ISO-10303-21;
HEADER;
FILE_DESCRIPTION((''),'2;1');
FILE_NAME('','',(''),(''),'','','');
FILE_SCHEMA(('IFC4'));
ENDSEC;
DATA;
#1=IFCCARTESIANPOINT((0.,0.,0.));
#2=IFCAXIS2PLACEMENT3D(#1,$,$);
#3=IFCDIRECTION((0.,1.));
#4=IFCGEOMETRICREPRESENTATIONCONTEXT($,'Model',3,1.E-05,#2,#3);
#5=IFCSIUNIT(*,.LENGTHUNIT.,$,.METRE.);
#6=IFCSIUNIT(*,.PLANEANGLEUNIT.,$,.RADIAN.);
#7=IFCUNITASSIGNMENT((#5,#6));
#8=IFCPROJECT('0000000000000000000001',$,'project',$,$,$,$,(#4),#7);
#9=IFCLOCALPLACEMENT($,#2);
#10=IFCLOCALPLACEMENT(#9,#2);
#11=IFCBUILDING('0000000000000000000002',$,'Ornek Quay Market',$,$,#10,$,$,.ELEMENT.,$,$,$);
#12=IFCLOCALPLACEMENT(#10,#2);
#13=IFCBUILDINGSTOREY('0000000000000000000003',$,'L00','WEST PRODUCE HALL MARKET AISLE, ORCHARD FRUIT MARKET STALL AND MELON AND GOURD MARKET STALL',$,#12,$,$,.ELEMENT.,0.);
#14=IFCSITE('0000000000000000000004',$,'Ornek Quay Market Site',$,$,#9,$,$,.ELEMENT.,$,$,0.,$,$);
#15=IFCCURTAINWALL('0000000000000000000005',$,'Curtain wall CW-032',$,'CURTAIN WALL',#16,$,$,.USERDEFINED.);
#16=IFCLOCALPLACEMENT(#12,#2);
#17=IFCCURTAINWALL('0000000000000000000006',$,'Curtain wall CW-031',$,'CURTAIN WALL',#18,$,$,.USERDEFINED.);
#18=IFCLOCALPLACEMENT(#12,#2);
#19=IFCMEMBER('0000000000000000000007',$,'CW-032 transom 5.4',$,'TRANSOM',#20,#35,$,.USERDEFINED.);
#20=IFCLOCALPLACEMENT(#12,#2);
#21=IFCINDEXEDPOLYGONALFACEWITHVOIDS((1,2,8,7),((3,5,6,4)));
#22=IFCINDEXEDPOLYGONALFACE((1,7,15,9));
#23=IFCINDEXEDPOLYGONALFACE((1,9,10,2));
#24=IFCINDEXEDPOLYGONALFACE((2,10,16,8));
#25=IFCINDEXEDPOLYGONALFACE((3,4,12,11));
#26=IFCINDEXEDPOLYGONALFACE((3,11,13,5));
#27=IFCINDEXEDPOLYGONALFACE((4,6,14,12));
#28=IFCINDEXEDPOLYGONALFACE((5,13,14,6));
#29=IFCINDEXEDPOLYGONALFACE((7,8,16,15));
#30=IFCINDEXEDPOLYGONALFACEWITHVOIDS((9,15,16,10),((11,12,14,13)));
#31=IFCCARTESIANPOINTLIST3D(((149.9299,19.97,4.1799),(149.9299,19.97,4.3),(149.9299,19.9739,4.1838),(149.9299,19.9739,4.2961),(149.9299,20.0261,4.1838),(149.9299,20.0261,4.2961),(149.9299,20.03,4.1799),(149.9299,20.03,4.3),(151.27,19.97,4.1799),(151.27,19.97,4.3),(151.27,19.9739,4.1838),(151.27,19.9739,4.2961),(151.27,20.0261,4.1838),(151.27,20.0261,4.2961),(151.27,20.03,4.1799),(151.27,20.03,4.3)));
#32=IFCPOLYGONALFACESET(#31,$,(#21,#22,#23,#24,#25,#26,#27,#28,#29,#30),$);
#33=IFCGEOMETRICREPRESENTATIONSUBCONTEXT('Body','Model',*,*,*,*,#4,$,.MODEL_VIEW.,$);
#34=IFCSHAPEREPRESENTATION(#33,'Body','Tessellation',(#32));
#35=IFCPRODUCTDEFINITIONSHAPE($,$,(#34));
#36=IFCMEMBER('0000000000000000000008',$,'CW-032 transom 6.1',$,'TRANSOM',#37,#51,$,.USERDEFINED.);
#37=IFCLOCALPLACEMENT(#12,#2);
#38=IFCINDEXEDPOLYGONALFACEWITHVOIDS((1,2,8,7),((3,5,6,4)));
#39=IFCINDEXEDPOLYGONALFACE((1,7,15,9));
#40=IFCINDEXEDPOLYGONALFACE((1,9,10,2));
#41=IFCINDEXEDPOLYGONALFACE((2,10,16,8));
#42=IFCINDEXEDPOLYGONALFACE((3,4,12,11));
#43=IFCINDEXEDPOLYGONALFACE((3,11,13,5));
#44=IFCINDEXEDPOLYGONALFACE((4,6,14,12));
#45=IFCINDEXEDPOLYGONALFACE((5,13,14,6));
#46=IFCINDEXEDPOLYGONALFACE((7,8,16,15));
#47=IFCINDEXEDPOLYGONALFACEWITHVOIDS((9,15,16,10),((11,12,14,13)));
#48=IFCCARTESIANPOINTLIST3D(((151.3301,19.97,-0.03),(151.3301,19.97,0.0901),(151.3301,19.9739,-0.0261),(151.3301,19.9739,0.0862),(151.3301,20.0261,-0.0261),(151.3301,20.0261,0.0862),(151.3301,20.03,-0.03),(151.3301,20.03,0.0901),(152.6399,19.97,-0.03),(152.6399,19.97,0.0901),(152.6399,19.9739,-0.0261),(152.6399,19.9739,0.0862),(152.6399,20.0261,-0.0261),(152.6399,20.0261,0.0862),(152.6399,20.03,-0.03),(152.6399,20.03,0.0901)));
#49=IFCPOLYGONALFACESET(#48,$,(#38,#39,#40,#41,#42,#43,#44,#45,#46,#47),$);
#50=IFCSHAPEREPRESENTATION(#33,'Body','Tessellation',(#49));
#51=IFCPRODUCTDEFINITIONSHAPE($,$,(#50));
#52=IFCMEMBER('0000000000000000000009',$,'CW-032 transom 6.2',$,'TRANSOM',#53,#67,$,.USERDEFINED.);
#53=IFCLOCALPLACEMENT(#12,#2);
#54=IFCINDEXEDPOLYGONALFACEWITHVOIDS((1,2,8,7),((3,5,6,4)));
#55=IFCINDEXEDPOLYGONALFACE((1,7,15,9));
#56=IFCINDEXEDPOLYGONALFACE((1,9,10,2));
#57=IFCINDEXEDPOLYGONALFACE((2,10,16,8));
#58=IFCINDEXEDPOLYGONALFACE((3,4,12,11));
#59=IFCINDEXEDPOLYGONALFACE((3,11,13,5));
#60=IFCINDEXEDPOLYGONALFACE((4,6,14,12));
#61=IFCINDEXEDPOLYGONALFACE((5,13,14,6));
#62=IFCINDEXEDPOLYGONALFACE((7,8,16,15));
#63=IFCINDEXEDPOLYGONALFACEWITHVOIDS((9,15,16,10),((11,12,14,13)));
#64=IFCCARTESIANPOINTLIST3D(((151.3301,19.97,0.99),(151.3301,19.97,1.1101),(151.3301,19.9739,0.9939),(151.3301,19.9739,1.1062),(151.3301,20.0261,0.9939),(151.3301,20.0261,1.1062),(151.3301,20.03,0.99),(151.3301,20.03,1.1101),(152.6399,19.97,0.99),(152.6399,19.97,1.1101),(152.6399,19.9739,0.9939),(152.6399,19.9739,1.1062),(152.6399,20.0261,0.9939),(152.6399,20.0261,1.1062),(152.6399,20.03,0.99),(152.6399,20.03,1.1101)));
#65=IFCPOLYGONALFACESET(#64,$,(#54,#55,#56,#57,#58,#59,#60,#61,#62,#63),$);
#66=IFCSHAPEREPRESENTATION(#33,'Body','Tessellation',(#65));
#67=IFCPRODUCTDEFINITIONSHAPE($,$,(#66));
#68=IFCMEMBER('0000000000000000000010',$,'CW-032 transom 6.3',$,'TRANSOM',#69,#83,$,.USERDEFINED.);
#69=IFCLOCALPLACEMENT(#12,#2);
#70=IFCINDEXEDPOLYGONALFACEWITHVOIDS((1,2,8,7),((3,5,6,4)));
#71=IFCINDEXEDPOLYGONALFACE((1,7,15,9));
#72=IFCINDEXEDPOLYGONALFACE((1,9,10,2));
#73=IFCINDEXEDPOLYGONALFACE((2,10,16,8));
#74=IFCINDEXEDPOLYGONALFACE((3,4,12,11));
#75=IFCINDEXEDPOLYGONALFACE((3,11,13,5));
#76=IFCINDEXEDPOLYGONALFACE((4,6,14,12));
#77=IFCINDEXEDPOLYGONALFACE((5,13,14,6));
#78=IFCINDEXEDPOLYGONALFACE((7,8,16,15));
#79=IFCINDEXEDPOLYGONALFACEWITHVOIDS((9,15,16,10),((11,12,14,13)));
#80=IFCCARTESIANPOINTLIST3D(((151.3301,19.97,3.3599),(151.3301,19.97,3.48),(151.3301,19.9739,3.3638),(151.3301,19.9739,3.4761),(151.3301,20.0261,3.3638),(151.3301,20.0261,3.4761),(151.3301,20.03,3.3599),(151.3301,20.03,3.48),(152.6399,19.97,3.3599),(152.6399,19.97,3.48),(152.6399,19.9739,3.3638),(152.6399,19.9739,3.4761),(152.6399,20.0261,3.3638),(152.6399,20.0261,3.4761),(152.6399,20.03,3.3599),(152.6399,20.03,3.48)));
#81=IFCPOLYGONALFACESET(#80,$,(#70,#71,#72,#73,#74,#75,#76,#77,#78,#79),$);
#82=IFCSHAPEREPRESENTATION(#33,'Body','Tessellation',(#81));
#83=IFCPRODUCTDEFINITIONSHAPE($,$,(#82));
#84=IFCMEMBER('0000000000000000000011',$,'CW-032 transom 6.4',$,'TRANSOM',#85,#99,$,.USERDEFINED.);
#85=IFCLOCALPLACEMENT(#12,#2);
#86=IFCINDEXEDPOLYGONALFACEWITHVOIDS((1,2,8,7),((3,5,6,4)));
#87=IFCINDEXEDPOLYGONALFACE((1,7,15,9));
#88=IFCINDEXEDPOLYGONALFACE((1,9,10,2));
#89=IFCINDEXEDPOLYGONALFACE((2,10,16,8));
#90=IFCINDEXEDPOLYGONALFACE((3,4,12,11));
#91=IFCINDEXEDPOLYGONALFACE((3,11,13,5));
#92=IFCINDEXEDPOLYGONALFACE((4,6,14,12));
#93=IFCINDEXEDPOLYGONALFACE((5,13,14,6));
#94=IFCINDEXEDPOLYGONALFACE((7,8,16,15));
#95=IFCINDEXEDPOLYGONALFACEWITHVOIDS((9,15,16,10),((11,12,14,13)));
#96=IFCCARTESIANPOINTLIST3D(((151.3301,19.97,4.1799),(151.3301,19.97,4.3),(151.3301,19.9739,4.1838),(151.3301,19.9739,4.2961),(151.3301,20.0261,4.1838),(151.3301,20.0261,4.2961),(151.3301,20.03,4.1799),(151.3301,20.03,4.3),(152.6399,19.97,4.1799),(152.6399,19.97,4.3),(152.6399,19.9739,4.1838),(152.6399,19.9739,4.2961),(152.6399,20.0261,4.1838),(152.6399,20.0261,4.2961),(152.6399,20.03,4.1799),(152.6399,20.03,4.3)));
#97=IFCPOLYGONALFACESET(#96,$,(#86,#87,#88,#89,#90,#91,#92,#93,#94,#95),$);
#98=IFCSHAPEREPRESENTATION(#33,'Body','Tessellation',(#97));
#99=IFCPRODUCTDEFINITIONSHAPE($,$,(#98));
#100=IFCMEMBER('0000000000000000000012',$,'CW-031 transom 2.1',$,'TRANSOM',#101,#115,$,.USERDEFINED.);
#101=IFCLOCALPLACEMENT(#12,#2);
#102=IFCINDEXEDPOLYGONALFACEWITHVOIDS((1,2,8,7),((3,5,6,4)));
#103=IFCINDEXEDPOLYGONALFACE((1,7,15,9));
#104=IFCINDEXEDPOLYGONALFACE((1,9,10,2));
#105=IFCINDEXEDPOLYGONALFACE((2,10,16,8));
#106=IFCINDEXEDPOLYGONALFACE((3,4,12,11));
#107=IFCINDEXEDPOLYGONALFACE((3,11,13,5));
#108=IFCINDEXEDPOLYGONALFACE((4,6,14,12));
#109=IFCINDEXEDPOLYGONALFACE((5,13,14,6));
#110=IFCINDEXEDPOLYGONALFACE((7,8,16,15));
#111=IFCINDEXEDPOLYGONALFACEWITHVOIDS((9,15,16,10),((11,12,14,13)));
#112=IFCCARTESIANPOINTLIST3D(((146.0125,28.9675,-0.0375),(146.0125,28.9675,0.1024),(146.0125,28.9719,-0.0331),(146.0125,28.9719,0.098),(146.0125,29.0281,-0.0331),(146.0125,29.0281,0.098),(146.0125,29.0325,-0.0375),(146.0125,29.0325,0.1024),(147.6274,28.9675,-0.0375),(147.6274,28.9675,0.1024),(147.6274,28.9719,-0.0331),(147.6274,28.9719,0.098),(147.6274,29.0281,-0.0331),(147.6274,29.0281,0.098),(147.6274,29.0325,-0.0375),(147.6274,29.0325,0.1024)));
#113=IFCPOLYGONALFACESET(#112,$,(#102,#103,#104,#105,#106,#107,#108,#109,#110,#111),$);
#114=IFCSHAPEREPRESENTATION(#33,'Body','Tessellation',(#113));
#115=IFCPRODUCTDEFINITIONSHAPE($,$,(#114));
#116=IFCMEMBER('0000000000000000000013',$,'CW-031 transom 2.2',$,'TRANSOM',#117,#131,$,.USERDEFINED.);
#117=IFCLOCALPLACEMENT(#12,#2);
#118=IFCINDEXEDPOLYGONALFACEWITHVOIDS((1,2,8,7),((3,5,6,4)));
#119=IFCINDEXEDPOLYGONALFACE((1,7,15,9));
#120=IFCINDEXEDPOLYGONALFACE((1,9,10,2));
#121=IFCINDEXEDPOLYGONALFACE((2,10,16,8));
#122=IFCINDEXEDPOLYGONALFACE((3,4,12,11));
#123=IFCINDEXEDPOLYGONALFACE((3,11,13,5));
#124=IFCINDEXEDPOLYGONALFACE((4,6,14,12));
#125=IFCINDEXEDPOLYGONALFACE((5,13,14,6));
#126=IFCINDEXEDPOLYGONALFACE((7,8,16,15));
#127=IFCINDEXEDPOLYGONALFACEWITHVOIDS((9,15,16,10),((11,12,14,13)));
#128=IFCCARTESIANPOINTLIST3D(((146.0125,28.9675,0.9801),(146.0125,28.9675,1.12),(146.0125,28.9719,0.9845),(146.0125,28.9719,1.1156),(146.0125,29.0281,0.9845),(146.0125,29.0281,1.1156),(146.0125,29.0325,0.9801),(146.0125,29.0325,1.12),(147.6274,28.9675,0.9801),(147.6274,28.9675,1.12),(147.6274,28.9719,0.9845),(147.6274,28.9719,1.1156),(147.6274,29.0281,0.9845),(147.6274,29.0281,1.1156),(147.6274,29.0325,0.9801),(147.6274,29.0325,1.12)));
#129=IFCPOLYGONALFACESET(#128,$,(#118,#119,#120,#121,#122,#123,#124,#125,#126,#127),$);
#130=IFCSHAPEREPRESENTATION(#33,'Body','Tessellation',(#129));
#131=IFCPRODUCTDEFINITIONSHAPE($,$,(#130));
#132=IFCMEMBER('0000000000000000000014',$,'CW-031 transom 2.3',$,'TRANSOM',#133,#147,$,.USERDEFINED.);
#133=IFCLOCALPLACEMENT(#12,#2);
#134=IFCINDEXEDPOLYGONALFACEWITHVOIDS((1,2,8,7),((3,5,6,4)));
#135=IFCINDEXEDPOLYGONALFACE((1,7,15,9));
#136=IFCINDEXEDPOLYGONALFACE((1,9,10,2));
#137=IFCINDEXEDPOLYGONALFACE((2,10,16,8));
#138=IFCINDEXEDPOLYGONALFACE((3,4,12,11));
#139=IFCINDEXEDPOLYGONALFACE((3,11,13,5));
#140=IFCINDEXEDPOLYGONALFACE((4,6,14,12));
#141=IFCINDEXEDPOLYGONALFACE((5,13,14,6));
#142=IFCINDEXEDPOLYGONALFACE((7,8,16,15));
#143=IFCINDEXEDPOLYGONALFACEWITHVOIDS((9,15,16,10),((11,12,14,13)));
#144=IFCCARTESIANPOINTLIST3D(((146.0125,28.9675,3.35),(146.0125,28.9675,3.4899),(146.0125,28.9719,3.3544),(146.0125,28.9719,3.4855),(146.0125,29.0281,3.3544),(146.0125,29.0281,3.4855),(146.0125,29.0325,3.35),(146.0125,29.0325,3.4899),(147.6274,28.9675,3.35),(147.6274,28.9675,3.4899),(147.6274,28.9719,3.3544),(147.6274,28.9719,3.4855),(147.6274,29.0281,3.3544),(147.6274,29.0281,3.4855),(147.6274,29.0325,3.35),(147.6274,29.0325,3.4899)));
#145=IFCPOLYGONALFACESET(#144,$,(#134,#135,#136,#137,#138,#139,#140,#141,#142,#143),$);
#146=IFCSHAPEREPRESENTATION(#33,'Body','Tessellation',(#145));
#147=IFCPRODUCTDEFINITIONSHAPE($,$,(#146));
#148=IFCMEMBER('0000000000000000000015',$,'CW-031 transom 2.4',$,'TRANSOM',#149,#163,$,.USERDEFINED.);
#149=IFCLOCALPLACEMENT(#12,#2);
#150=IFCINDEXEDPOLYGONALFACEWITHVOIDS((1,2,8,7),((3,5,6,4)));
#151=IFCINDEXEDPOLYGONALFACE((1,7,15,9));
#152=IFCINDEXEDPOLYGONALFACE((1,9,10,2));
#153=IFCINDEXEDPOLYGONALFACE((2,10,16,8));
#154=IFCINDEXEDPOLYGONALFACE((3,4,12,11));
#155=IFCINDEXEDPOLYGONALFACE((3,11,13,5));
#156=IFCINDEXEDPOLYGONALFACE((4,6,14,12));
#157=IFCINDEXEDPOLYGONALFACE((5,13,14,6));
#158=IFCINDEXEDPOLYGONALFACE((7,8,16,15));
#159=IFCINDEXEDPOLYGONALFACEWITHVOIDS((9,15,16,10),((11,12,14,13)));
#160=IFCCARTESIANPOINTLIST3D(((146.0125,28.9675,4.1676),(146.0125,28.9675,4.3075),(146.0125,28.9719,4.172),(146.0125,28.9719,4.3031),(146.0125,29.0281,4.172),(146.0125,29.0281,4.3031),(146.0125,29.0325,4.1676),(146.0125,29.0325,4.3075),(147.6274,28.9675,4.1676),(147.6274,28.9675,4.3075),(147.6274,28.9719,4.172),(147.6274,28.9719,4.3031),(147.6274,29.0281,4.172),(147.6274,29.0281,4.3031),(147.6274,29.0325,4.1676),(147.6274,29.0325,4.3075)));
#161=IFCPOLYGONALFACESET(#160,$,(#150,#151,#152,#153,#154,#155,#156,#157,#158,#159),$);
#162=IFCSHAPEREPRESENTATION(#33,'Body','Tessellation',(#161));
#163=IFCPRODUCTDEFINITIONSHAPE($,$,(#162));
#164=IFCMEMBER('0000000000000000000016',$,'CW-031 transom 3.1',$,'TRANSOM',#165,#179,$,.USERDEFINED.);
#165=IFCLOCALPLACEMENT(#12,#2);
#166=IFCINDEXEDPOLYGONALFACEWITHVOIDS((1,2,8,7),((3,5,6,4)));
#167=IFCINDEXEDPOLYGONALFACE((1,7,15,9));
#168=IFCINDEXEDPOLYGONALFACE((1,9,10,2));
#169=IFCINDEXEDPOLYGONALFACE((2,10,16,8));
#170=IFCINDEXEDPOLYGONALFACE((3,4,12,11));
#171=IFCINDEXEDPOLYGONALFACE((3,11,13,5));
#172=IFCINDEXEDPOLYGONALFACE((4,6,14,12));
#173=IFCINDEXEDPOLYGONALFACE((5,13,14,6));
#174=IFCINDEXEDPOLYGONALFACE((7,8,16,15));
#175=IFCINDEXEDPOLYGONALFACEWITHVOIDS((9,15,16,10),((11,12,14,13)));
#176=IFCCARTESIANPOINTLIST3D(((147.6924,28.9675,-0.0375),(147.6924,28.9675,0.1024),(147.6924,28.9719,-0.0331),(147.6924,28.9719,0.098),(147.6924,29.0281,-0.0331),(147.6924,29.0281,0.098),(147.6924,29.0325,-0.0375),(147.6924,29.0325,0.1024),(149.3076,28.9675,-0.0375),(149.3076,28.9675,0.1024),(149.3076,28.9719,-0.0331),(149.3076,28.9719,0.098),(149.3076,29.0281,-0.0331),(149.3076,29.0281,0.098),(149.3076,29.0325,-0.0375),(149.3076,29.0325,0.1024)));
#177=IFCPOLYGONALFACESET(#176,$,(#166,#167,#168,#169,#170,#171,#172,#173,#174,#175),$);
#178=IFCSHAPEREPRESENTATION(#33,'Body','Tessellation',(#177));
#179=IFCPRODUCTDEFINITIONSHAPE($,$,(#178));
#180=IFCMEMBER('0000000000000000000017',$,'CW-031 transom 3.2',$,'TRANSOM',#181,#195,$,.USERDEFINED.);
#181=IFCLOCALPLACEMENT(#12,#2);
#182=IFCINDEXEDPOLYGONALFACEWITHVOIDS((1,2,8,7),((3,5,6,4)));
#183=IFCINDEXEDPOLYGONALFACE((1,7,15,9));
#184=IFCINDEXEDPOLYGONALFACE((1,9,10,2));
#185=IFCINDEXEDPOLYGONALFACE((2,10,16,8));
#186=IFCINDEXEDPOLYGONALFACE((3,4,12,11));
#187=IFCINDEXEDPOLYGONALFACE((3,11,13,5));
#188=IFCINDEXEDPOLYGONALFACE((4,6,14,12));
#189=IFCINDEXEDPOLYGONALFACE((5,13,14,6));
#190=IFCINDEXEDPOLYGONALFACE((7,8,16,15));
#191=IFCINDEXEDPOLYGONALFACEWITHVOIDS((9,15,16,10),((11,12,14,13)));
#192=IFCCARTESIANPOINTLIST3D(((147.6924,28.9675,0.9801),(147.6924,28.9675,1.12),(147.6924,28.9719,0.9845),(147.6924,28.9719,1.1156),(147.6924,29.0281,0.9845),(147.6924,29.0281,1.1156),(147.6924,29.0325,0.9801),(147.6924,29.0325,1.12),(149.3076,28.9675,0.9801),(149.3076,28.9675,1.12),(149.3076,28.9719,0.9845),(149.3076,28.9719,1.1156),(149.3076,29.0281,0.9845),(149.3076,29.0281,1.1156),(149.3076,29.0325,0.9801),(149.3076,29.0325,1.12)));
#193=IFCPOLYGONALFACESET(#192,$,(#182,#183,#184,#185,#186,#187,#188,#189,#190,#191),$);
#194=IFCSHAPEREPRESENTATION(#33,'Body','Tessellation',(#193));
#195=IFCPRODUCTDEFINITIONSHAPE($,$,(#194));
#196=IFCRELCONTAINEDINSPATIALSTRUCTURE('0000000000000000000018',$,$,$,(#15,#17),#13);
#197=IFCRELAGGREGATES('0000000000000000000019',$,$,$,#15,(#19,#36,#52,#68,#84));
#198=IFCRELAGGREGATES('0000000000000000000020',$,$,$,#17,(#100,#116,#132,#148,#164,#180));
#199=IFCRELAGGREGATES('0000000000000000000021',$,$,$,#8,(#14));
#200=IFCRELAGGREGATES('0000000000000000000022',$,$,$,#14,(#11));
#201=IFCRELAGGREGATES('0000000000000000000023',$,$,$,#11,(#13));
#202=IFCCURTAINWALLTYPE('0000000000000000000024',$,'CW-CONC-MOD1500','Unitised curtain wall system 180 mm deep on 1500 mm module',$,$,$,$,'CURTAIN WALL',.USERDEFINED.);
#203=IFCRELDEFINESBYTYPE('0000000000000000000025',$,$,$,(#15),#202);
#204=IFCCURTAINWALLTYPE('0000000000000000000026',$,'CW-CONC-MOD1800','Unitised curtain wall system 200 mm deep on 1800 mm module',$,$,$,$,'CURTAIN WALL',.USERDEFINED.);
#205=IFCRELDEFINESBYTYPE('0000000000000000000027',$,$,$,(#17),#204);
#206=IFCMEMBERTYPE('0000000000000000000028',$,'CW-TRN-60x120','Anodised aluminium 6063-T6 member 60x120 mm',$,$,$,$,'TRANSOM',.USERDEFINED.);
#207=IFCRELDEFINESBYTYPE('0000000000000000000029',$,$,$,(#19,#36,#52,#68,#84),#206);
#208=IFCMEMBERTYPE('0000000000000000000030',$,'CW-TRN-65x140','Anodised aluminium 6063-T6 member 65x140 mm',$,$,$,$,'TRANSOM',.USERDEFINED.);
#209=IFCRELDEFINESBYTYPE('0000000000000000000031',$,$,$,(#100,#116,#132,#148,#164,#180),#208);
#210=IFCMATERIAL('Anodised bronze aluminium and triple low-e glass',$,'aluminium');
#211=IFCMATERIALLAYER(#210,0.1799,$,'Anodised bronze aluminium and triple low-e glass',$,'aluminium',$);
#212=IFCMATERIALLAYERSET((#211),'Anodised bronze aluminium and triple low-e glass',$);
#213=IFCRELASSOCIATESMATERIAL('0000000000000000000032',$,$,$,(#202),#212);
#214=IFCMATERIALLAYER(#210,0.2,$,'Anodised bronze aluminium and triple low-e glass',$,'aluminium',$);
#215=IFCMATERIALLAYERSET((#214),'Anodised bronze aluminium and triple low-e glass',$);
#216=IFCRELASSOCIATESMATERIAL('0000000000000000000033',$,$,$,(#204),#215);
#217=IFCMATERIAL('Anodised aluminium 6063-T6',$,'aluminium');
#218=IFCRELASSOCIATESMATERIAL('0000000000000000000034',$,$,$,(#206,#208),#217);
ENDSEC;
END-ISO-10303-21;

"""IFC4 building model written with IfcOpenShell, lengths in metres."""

from ifc_helpers import new_model, si_unit, direction, frame, origin, origin_2d, place, context, subcontext, project, spatial, hollow_rectangle, extrude, material, layer, layer_set, material_profile, profile_set, type_object, element, aggregate, save


model = new_model("IFC4")

# Units and contexts
model_context = context("Model", 3, precision=1e-05, world=origin(), true_north=direction((0.0, 1.0)))
body_context = subcontext(model_context, "Body", "Model", "MODEL_VIEW")
ifc_project = project(units=[si_unit("LENGTHUNIT", "METRE"), si_unit("PLANEANGLEUNIT", "RADIAN")], contexts=[model_context])

# Site, building, storey
site_placement = place(None, origin())
site = spatial("IfcSite", under=ifc_project, at=site_placement, Name="Ornek Quay Market Site", CompositionType="ELEMENT", RefElevation=0.0)
building_placement = place(site_placement, origin())
building = spatial("IfcBuilding", under=site, at=building_placement, Name="Ornek Quay Market", CompositionType="ELEMENT")
storey_placement = place(building_placement, origin())
storey = spatial("IfcBuildingStorey", under=building, at=storey_placement, Name="L00", Description="WEST PRODUCE HALL MARKET AISLE, ORCHARD FRUIT MARKET STALL AND MELON AND GOURD MARKET STALL", CompositionType="ELEMENT", Elevation=0.0)

# Curtain walls
ifc_material_1 = material(Name="Anodised bronze aluminium and triple low-e glass", Category="aluminium")
ifc_layer_1 = layer(ifc_material_1, 0.1799, Name="Anodised bronze aluminium and triple low-e glass", Category="aluminium")
ifc_layer_set_1 = layer_set([ifc_layer_1], Name="Anodised bronze aluminium and triple low-e glass")
curtain_wall_type_1 = type_object("IfcCurtainWallType", Name="CW-CONC-MOD1500", Description="Unitised curtain wall system 180 mm deep on 1500 mm module", ElementType="CURTAIN WALL", PredefinedType="USERDEFINED", material=ifc_layer_set_1)
curtain_wall_1_placement = place(storey_placement, origin())
curtain_wall_1 = element("IfcCurtainWall", 1, at=curtain_wall_1_placement, inside=storey, type_object=curtain_wall_type_1, Name="Curtain wall CW-032", ObjectType="CURTAIN WALL", PredefinedType="USERDEFINED")
ifc_material_2 = material(Name="Anodised aluminium 6063-T6", Category="aluminium")
ifc_layer_2 = layer(ifc_material_1, 0.2, Name="Anodised bronze aluminium and triple low-e glass", Category="aluminium")
ifc_layer_set_2 = layer_set([ifc_layer_2], Name="Anodised bronze aluminium and triple low-e glass")
curtain_wall_type_2 = type_object("IfcCurtainWallType", Name="CW-CONC-MOD1800", Description="Unitised curtain wall system 200 mm deep on 1800 mm module", ElementType="CURTAIN WALL", PredefinedType="USERDEFINED", material=ifc_layer_set_2)
curtain_wall_2_placement = place(storey_placement, origin())
curtain_wall_2 = element("IfcCurtainWall", 2, at=curtain_wall_2_placement, inside=storey, type_object=curtain_wall_type_2, Name="Curtain wall CW-031", ObjectType="CURTAIN WALL", PredefinedType="USERDEFINED")

# Members
ifc_material_profile_1 = material_profile(ifc_material_2, hollow_rectangle(XDim=0.0601, YDim=0.1201, WallThickness=0.0039, at=origin_2d()), Name="CW-TRN-60x120", Category="aluminium")
ifc_profile_set_1 = profile_set([ifc_material_profile_1], Name="Anodised aluminium 6063-T6")
member_type_1 = type_object("IfcMemberType", Name="CW-TRN-60x120", Description="Anodised aluminium 6063-T6 member 60x120 mm", ElementType="TRANSOM", PredefinedType="USERDEFINED", material=ifc_profile_set_1)
member_1_placement = place(storey_placement, frame((149.9299, 20.0, 4.24), z_axis=(1.0, 0.0, 0.0), x_axis=(0.0, 1.0, 0.0)))
member_1 = element("IfcMember", 3, at=member_1_placement, type_object=member_type_1, Name="CW-032 transom 5.4", ObjectType="TRANSOM", PredefinedType="USERDEFINED", context=body_context, shape_type="SweptSolid", body=[
    extrude(hollow_rectangle(XDim=0.0601, YDim=0.1201, WallThickness=0.0039, at=origin_2d()), origin(), (0.0, 0.0, 1.0), 1.3401),
])
member_2_placement = place(storey_placement, frame((151.3301, 20.0, 0.03), z_axis=(1.0, 0.0, 0.0), x_axis=(0.0, 1.0, 0.0)))
member_2 = element("IfcMember", 4, at=member_2_placement, type_object=member_type_1, Name="CW-032 transom 6.1", ObjectType="TRANSOM", PredefinedType="USERDEFINED", context=body_context, shape_type="SweptSolid", body=[
    extrude(hollow_rectangle(XDim=0.0601, YDim=0.1201, WallThickness=0.0039, at=origin_2d()), origin(), (0.0, 0.0, 1.0), 1.3098),
])
member_3_placement = place(storey_placement, frame((151.3301, 20.0, 1.05), z_axis=(1.0, 0.0, 0.0), x_axis=(0.0, 1.0, 0.0)))
member_3 = element("IfcMember", 5, at=member_3_placement, type_object=member_type_1, Name="CW-032 transom 6.2", ObjectType="TRANSOM", PredefinedType="USERDEFINED", context=body_context, shape_type="SweptSolid", body=[
    extrude(hollow_rectangle(XDim=0.0601, YDim=0.1201, WallThickness=0.0039, at=origin_2d()), origin(), (0.0, 0.0, 1.0), 1.3098),
])
member_4_placement = place(storey_placement, frame((151.3301, 20.0, 3.4199), z_axis=(1.0, 0.0, 0.0), x_axis=(0.0, 1.0, 0.0)))
member_4 = element("IfcMember", 6, at=member_4_placement, type_object=member_type_1, Name="CW-032 transom 6.3", ObjectType="TRANSOM", PredefinedType="USERDEFINED", context=body_context, shape_type="SweptSolid", body=[
    extrude(hollow_rectangle(XDim=0.0601, YDim=0.1201, WallThickness=0.0039, at=origin_2d()), origin(), (0.0, 0.0, 1.0), 1.3098),
])
member_5_placement = place(storey_placement, frame((151.3301, 20.0, 4.24), z_axis=(1.0, 0.0, 0.0), x_axis=(0.0, 1.0, 0.0)))
member_5 = element("IfcMember", 7, at=member_5_placement, type_object=member_type_1, Name="CW-032 transom 6.4", ObjectType="TRANSOM", PredefinedType="USERDEFINED", context=body_context, shape_type="SweptSolid", body=[
    extrude(hollow_rectangle(XDim=0.0601, YDim=0.1201, WallThickness=0.0039, at=origin_2d()), origin(), (0.0, 0.0, 1.0), 1.3098),
])
ifc_material_profile_2 = material_profile(ifc_material_2, hollow_rectangle(XDim=0.0649, YDim=0.1399, WallThickness=0.0044, at=origin_2d()), Name="CW-TRN-65x140", Category="aluminium")
ifc_profile_set_2 = profile_set([ifc_material_profile_2], Name="Anodised aluminium 6063-T6")
member_type_2 = type_object("IfcMemberType", Name="CW-TRN-65x140", Description="Anodised aluminium 6063-T6 member 65x140 mm", ElementType="TRANSOM", PredefinedType="USERDEFINED", material=ifc_profile_set_2)
member_6_placement = place(storey_placement, frame((146.0125, 29.0, 0.0325), z_axis=(1.0, 0.0, 0.0), x_axis=(0.0, 1.0, 0.0)))
member_6 = element("IfcMember", 8, at=member_6_placement, type_object=member_type_2, Name="CW-031 transom 2.1", ObjectType="TRANSOM", PredefinedType="USERDEFINED", context=body_context, shape_type="SweptSolid", body=[
    extrude(hollow_rectangle(XDim=0.0649, YDim=0.1399, WallThickness=0.0044, at=origin_2d()), origin(), (0.0, 0.0, 1.0), 1.615),
])
member_7_placement = place(storey_placement, frame((146.0125, 29.0, 1.05), z_axis=(1.0, 0.0, 0.0), x_axis=(0.0, 1.0, 0.0)))
member_7 = element("IfcMember", 9, at=member_7_placement, type_object=member_type_2, Name="CW-031 transom 2.2", ObjectType="TRANSOM", PredefinedType="USERDEFINED", context=body_context, shape_type="SweptSolid", body=[
    extrude(hollow_rectangle(XDim=0.0649, YDim=0.1399, WallThickness=0.0044, at=origin_2d()), origin(), (0.0, 0.0, 1.0), 1.615),
])
member_8_placement = place(storey_placement, frame((146.0125, 29.0, 3.4199), z_axis=(1.0, 0.0, 0.0), x_axis=(0.0, 1.0, 0.0)))
member_8 = element("IfcMember", 10, at=member_8_placement, type_object=member_type_2, Name="CW-031 transom 2.3", ObjectType="TRANSOM", PredefinedType="USERDEFINED", context=body_context, shape_type="SweptSolid", body=[
    extrude(hollow_rectangle(XDim=0.0649, YDim=0.1399, WallThickness=0.0044, at=origin_2d()), origin(), (0.0, 0.0, 1.0), 1.615),
])
member_9_placement = place(storey_placement, frame((146.0125, 29.0, 4.2375), z_axis=(1.0, 0.0, 0.0), x_axis=(0.0, 1.0, 0.0)))
member_9 = element("IfcMember", 11, at=member_9_placement, type_object=member_type_2, Name="CW-031 transom 2.4", ObjectType="TRANSOM", PredefinedType="USERDEFINED", context=body_context, shape_type="SweptSolid", body=[
    extrude(hollow_rectangle(XDim=0.0649, YDim=0.1399, WallThickness=0.0044, at=origin_2d()), origin(), (0.0, 0.0, 1.0), 1.615),
])
member_10_placement = place(storey_placement, frame((147.6924, 29.0, 0.0325), z_axis=(1.0, 0.0, 0.0), x_axis=(0.0, 1.0, 0.0)))
member_10 = element("IfcMember", 12, at=member_10_placement, type_object=member_type_2, Name="CW-031 transom 3.1", ObjectType="TRANSOM", PredefinedType="USERDEFINED", context=body_context, shape_type="SweptSolid", body=[
    extrude(hollow_rectangle(XDim=0.0649, YDim=0.1399, WallThickness=0.0044, at=origin_2d()), origin(), (0.0, 0.0, 1.0), 1.6152),
])
member_11_placement = place(storey_placement, frame((147.6924, 29.0, 1.05), z_axis=(1.0, 0.0, 0.0), x_axis=(0.0, 1.0, 0.0)))
member_11 = element("IfcMember", 13, at=member_11_placement, type_object=member_type_2, Name="CW-031 transom 3.2", ObjectType="TRANSOM", PredefinedType="USERDEFINED", context=body_context, shape_type="SweptSolid", body=[
    extrude(hollow_rectangle(XDim=0.0649, YDim=0.1399, WallThickness=0.0044, at=origin_2d()), origin(), (0.0, 0.0, 1.0), 1.6152),
])

aggregate(curtain_wall_1, [member_1, member_2, member_3, member_4, member_5])
aggregate(curtain_wall_2, [member_6, member_7, member_8, member_9, member_10, member_11])

save(model, "model.ifc")
